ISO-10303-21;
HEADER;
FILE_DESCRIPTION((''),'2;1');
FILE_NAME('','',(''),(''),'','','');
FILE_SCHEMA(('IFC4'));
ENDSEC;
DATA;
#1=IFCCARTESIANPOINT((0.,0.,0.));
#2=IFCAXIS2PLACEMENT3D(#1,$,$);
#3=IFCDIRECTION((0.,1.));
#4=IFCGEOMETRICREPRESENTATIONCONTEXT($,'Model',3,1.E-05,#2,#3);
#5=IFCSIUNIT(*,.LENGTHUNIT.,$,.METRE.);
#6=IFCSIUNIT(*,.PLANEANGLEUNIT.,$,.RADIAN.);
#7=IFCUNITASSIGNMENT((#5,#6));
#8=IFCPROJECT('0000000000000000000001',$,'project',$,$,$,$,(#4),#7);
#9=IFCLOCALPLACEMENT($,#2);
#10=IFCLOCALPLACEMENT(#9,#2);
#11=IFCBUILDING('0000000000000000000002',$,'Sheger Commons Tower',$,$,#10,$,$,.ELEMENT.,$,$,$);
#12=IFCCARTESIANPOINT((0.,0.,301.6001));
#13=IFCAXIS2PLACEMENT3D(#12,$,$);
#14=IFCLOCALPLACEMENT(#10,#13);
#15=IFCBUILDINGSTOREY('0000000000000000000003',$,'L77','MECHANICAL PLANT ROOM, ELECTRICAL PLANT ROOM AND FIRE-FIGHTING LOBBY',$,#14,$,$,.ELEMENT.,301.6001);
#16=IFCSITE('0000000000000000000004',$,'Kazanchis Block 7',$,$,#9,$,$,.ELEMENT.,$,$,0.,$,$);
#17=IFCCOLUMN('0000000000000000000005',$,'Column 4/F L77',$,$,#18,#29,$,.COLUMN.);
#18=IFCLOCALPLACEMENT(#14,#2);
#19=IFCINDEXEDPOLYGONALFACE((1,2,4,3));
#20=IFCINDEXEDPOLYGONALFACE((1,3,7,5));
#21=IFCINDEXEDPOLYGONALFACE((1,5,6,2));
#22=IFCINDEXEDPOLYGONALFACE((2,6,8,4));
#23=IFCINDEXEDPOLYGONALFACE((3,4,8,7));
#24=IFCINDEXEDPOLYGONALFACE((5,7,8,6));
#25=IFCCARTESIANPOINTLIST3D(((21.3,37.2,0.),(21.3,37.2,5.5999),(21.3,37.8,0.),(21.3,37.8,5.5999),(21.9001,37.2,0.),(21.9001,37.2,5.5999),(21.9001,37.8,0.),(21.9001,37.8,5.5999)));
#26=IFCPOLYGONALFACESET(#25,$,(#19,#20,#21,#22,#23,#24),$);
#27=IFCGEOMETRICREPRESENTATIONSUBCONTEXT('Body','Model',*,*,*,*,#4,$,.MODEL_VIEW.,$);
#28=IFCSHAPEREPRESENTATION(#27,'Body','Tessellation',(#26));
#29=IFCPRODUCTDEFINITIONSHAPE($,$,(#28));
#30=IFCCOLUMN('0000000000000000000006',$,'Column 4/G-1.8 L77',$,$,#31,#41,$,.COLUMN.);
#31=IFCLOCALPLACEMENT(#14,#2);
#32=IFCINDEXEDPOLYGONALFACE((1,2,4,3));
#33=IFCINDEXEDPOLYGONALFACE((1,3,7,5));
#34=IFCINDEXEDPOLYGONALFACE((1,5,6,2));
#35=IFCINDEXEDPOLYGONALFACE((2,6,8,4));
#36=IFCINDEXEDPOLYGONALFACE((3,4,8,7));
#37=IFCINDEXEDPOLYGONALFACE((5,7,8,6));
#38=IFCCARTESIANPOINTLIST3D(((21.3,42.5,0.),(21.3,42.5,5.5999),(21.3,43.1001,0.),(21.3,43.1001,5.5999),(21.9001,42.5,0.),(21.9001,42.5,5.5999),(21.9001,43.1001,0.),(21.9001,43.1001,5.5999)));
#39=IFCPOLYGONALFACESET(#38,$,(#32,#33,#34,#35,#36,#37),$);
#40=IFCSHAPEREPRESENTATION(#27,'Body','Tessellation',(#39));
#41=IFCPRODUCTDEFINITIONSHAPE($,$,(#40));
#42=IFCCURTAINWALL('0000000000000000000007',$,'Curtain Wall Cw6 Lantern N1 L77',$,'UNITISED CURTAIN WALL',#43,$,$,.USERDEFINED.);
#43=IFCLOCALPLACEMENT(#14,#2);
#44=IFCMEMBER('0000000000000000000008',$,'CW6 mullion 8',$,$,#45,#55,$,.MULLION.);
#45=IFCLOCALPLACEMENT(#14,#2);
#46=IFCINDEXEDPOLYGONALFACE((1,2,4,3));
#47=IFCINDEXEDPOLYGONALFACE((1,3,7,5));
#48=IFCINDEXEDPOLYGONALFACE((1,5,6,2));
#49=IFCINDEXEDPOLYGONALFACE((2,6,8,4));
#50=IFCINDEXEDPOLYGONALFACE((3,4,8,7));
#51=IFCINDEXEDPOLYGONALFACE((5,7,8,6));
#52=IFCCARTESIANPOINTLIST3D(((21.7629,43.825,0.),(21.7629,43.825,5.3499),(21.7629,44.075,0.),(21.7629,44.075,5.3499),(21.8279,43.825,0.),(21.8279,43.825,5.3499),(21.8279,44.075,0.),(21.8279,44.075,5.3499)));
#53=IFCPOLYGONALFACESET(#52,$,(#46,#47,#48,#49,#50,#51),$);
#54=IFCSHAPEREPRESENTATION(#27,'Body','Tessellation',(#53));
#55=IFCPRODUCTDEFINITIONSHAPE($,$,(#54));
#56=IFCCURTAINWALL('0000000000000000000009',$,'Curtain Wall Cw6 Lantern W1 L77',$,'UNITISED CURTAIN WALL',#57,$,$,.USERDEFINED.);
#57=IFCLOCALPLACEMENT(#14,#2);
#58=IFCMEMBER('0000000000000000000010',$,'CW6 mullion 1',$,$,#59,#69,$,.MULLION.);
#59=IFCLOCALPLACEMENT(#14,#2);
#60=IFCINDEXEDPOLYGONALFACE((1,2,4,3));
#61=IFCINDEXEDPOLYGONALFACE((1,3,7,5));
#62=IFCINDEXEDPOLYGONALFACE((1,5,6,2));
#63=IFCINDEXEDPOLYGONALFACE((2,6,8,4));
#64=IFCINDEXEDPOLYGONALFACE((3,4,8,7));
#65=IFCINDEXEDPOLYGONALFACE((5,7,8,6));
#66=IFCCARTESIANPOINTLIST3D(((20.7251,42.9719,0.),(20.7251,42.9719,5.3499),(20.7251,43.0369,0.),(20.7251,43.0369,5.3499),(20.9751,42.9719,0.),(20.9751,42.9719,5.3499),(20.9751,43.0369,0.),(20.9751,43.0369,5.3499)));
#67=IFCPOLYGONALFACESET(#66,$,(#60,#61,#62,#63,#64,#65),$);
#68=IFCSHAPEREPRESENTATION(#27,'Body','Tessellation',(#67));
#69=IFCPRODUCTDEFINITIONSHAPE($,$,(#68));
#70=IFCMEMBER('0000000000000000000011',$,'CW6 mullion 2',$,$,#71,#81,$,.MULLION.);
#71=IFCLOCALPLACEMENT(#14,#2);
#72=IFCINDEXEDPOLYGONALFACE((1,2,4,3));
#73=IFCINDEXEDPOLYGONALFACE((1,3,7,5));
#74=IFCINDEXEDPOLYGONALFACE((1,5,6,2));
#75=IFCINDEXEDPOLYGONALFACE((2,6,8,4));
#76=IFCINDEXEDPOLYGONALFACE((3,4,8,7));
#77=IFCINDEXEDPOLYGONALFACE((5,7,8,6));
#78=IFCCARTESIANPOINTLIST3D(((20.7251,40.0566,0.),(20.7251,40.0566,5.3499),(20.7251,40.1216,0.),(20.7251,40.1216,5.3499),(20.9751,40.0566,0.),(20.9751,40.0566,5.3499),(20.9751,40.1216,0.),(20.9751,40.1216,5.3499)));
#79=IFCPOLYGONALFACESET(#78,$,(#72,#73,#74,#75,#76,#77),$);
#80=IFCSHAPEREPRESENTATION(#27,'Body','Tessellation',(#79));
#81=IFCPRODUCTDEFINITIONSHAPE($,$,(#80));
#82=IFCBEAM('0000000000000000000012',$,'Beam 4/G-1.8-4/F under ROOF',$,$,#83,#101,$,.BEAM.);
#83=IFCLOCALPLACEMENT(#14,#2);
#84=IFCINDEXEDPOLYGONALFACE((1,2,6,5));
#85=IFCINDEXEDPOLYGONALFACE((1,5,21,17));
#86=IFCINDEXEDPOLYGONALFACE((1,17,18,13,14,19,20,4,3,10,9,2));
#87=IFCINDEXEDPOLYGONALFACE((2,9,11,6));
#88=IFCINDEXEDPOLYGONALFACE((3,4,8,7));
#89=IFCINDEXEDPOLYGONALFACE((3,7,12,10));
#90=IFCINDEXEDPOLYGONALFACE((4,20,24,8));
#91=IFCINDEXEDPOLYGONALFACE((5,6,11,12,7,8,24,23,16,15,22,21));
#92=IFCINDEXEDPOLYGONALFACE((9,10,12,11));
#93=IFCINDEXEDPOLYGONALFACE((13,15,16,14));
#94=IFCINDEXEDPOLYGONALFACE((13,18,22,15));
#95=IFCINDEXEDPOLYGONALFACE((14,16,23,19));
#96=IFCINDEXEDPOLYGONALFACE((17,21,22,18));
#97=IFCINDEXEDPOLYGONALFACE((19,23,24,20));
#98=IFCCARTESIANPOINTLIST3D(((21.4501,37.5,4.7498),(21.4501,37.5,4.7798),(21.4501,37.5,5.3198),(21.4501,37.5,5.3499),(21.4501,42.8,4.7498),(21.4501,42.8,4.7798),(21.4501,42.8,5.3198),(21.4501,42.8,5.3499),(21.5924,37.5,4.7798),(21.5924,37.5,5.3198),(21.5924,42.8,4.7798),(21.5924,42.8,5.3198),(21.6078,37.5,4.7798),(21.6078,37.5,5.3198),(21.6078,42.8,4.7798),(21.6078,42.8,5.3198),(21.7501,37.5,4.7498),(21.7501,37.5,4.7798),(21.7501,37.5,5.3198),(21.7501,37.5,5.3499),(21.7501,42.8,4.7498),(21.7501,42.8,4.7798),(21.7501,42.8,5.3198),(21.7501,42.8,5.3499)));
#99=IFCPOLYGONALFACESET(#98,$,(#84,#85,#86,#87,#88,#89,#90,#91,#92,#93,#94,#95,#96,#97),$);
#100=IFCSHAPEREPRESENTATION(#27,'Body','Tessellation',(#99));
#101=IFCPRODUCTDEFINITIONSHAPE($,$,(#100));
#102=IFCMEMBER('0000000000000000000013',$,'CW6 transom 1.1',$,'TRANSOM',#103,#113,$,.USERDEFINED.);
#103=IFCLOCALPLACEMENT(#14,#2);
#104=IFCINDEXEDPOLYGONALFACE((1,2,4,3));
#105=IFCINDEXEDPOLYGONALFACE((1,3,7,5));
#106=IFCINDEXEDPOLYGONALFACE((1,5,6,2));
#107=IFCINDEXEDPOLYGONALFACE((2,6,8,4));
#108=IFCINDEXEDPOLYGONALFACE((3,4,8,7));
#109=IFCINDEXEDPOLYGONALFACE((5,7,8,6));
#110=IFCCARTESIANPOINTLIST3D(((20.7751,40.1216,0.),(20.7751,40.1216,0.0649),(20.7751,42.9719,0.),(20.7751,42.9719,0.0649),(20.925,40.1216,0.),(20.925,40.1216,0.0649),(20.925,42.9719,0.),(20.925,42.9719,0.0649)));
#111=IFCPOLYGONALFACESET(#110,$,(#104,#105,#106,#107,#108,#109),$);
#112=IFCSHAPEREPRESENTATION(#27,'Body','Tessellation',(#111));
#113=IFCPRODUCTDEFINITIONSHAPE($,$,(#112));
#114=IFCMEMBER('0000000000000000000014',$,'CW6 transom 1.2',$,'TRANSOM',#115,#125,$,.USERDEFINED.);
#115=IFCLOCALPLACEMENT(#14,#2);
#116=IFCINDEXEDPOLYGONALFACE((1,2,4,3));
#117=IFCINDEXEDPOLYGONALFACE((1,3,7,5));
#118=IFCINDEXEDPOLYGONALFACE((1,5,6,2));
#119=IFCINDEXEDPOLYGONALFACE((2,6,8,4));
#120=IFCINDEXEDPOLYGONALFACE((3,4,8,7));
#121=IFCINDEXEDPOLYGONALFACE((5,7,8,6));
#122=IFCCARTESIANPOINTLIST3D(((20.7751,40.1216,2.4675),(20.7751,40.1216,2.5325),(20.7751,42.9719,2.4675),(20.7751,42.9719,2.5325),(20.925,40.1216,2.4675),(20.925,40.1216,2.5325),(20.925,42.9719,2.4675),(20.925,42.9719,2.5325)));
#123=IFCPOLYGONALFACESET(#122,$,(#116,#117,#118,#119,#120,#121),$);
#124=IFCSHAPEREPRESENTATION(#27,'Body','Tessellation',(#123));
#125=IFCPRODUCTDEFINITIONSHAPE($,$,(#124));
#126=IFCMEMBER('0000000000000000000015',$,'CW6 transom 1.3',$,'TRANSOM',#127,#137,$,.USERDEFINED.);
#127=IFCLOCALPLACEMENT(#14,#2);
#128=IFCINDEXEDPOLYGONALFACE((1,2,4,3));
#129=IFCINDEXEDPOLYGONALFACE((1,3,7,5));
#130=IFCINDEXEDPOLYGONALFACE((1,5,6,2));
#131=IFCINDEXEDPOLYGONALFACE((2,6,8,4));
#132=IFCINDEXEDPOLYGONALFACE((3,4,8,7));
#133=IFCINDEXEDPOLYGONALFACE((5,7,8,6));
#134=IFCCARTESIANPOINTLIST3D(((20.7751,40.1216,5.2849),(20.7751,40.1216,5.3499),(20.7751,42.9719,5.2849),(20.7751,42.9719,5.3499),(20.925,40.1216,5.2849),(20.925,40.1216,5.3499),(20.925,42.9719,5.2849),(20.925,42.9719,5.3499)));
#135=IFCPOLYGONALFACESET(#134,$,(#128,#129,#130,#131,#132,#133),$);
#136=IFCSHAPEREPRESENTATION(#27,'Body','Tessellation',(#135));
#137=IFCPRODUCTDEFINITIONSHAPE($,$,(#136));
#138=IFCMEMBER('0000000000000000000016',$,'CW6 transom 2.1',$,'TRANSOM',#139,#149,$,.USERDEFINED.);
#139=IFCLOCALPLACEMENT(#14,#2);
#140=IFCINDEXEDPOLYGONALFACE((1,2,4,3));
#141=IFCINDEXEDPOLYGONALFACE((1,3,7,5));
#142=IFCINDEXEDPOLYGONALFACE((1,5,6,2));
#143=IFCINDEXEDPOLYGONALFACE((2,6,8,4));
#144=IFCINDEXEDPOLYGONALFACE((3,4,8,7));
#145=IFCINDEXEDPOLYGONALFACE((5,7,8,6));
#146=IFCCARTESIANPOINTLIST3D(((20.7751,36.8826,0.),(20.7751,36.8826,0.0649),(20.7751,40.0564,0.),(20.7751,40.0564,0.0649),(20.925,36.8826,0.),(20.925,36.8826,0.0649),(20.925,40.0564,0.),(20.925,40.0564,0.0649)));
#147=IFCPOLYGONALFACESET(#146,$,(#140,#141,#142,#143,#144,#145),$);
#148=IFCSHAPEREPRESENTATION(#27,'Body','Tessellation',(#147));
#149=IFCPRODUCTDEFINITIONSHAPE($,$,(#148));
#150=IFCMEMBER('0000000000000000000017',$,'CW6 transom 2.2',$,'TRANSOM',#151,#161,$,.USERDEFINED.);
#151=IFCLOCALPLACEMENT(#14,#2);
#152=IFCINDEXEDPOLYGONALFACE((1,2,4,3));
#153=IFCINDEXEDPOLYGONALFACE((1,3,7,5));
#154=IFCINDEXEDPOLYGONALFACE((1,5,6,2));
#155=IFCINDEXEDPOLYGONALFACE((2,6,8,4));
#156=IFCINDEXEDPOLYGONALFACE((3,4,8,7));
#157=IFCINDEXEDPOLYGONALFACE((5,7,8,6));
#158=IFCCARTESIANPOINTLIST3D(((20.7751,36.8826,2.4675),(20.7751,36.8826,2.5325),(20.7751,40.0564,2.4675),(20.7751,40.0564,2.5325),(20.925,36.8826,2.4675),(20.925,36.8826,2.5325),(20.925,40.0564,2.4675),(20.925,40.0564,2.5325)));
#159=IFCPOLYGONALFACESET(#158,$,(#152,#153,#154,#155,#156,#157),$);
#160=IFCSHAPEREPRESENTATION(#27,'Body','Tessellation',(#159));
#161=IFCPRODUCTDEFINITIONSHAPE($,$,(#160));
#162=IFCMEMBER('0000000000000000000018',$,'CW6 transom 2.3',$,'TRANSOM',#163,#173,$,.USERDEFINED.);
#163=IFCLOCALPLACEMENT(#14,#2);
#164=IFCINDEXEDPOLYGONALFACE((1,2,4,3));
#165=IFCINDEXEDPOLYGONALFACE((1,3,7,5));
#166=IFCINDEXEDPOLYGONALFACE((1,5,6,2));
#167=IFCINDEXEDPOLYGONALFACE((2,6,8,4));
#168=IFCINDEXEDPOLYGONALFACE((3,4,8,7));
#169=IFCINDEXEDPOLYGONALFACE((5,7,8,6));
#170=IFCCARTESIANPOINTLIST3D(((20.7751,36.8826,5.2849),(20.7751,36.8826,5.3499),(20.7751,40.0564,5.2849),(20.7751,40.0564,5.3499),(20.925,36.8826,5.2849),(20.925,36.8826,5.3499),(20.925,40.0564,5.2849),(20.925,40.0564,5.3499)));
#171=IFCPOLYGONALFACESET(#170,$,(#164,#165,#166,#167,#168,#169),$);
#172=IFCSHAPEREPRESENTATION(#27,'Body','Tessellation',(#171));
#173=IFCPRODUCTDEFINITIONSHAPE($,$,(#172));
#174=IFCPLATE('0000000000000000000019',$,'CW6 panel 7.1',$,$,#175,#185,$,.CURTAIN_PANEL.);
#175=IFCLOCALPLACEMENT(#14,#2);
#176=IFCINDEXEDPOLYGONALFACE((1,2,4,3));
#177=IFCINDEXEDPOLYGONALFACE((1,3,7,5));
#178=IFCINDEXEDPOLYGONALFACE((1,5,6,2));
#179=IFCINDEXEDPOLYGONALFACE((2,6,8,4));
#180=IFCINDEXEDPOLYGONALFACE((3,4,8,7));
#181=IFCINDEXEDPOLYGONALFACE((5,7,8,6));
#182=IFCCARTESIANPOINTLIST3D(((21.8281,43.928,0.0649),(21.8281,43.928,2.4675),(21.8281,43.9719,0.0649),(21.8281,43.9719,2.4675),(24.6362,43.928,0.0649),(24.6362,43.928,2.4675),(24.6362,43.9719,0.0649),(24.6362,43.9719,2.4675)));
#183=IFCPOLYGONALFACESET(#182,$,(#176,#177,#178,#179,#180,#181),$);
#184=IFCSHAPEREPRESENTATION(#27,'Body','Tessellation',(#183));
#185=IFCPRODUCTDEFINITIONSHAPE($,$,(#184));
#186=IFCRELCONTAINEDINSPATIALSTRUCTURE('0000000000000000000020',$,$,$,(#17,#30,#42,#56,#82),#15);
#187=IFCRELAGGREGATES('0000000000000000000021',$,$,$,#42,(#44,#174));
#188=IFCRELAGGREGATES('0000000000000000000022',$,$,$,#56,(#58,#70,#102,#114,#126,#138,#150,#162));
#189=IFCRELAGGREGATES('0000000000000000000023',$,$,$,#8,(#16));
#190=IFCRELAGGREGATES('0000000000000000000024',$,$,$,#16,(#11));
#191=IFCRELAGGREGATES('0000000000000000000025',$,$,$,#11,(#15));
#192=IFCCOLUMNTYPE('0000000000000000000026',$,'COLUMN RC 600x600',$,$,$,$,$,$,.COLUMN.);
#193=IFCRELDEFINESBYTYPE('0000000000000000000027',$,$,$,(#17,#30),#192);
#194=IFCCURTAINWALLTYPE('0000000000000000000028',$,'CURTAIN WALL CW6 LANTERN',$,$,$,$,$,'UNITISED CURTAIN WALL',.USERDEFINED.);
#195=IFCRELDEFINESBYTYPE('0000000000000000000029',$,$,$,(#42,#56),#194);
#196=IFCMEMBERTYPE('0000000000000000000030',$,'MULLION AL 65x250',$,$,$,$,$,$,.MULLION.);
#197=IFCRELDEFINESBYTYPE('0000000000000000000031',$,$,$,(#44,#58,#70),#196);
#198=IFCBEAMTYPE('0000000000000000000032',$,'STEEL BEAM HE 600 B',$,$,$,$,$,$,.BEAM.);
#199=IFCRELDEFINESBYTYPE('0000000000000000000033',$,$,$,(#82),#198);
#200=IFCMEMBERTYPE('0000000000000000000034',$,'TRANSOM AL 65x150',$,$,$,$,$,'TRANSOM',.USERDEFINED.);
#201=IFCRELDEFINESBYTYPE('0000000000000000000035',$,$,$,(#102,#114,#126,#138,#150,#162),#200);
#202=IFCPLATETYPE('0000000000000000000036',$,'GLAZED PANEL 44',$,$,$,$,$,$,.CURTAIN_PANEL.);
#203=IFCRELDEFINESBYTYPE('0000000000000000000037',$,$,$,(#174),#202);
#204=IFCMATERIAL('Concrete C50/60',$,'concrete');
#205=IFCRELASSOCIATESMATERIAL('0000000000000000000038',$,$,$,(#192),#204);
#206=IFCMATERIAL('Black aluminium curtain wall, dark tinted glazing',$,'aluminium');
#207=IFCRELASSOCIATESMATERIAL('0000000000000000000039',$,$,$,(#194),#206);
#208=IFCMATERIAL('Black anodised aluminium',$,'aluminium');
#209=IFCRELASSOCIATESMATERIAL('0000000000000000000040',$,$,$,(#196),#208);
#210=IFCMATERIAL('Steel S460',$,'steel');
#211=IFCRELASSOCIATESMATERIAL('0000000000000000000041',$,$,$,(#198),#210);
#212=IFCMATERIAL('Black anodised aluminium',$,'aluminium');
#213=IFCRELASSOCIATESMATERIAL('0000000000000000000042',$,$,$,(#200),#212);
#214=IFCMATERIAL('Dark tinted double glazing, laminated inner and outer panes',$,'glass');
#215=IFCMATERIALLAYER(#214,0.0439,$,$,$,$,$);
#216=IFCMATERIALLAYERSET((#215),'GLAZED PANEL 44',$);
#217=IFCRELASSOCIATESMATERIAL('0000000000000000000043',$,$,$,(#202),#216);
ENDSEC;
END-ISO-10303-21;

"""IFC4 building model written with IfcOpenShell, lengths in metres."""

from ifc_helpers import new_model, si_unit, direction, frame, origin, origin_2d, place, context, subcontext, project, spatial, rectangle, i_section, extrude, material, layer, layer_set, material_profile, profile_set, type_object, element, aggregate, save


model = new_model("IFC4")

# Units and contexts
model_context = context("Model", 3, precision=1e-05, world=origin(), true_north=direction((0.0, 1.0)))
body_context = subcontext(model_context, "Body", "Model", "MODEL_VIEW")
ifc_project = project(units=[si_unit("LENGTHUNIT", "METRE"), si_unit("PLANEANGLEUNIT", "RADIAN")], contexts=[model_context])

# Site, building, storey
site_placement = place(None, origin())
site = spatial("IfcSite", under=ifc_project, at=site_placement, Name="Kazanchis Block 7", CompositionType="ELEMENT", RefElevation=0.0)
building_placement = place(site_placement, origin())
building = spatial("IfcBuilding", under=site, at=building_placement, Name="Sheger Commons Tower", CompositionType="ELEMENT")
storey_placement = place(building_placement, frame((0.0, 0.0, 301.6001)))
storey = spatial("IfcBuildingStorey", under=building, at=storey_placement, Name="L77", Description="MECHANICAL PLANT ROOM, ELECTRICAL PLANT ROOM AND FIRE-FIGHTING LOBBY", CompositionType="ELEMENT", Elevation=301.6001)

# Columns
ifc_material_1 = material(Name="Concrete C50/60", Category="concrete")
ifc_material_profile_1 = material_profile(ifc_material_1, rectangle(XDim=0.6001, YDim=0.6001, at=origin_2d()), Name="RC 600x600")
ifc_profile_set_1 = profile_set([ifc_material_profile_1], Name="Concrete C50/60")
column_type = type_object("IfcColumnType", Name="COLUMN RC 600x600", PredefinedType="COLUMN", material=ifc_profile_set_1)
for number, where, z_axis, x_axis, name in (
    (1, (21.6001, 37.5, 0.0), (0.0, 0.0, 1.0), (1.0, 0.0, 0.0), "Column 4/F L77"),
    (2, (21.6001, 42.8, 0.0), (0.0, 0.0, 1.0), (1.0, 0.0, 0.0), "Column 4/G-1.8 L77"),
):
    element("IfcColumn", number, at=place(storey_placement, frame(where, z_axis=z_axis, x_axis=x_axis)), inside=storey, type_object=column_type, Name=name, PredefinedType="COLUMN", context=body_context, shape_type="SweptSolid", body=[
        extrude(rectangle(XDim=0.6001, YDim=0.6001, at=origin_2d()), origin(), (0.0, 0.0, 1.0), 5.5999),
    ])

# Curtain wall, member
ifc_material_2 = material(Name="Black aluminium curtain wall, dark tinted glazing", Category="aluminium")
curtain_wall_type = type_object("IfcCurtainWallType", Name="CURTAIN WALL CW6 LANTERN", ElementType="UNITISED CURTAIN WALL", PredefinedType="USERDEFINED", material=ifc_material_2)
curtain_wall_1_placement = place(storey_placement, origin())
curtain_wall_1 = element("IfcCurtainWall", 3, at=curtain_wall_1_placement, inside=storey, type_object=curtain_wall_type, Name="Curtain Wall Cw6 Lantern N1 L77", ObjectType="UNITISED CURTAIN WALL", PredefinedType="USERDEFINED")
ifc_material_3 = material(Name="Black anodised aluminium", Category="aluminium")
ifc_material_profile_2 = material_profile(ifc_material_3, rectangle(XDim=0.25, YDim=0.0649, at=origin_2d()), Name="AL 65x250")
ifc_profile_set_2 = profile_set([ifc_material_profile_2], Name="Black anodised aluminium")
member_type_1 = type_object("IfcMemberType", Name="MULLION AL 65x250", PredefinedType="MULLION", material=ifc_profile_set_2)
member_1_placement = place(storey_placement, frame((21.7954, 43.95, 0.0), z_axis=(0.0, 0.0, 1.0), x_axis=(0.0, -1.0, 0.0)))
member_1 = element("IfcMember", 4, at=member_1_placement, type_object=member_type_1, Name="CW6 mullion 8", PredefinedType="MULLION", context=body_context, shape_type="SweptSolid", body=[
    extrude(rectangle(XDim=0.25, YDim=0.0649, at=origin_2d()), origin(), (0.0, 0.0, 1.0), 5.3499),
])

# Curtain wall, members
curtain_wall_2_placement = place(storey_placement, origin())
curtain_wall_2 = element("IfcCurtainWall", 5, at=curtain_wall_2_placement, inside=storey, type_object=curtain_wall_type, Name="Curtain Wall Cw6 Lantern W1 L77", ObjectType="UNITISED CURTAIN WALL", PredefinedType="USERDEFINED")
member_2_placement = place(storey_placement, frame((20.8501, 43.0044, 0.0), z_axis=(0.0, 0.0, 1.0), x_axis=(1.0, 0.0, 0.0)))
member_2 = element("IfcMember", 6, at=member_2_placement, type_object=member_type_1, Name="CW6 mullion 1", PredefinedType="MULLION", context=body_context, shape_type="SweptSolid", body=[
    extrude(rectangle(XDim=0.25, YDim=0.0649, at=origin_2d()), origin(), (0.0, 0.0, 1.0), 5.3499),
])
member_3_placement = place(storey_placement, frame((20.8501, 40.0891, 0.0), z_axis=(0.0, 0.0, 1.0), x_axis=(1.0, 0.0, 0.0)))
member_3 = element("IfcMember", 7, at=member_3_placement, type_object=member_type_1, Name="CW6 mullion 2", PredefinedType="MULLION", context=body_context, shape_type="SweptSolid", body=[
    extrude(rectangle(XDim=0.25, YDim=0.0649, at=origin_2d()), origin(), (0.0, 0.0, 1.0), 5.3499),
])

# Beam
ifc_material_4 = material(Name="Steel S460", Category="steel")
ifc_material_profile_3 = material_profile(ifc_material_4, i_section(OverallWidth=0.3, OverallDepth=0.6001, WebThickness=0.0154, FlangeThickness=0.03, at=origin_2d()), Name="HE 600 B")
ifc_profile_set_3 = profile_set([ifc_material_profile_3], Name="Steel S460")
beam_type = type_object("IfcBeamType", Name="STEEL BEAM HE 600 B", PredefinedType="BEAM", material=ifc_profile_set_3)
beam_placement = place(storey_placement, frame((21.6001, 42.8, 5.0498), z_axis=(0.0, -1.0, 0.0), x_axis=(1.0, 0.0, 0.0)))
element("IfcBeam", 8, at=beam_placement, inside=storey, type_object=beam_type, Name="Beam 4/G-1.8-4/F under ROOF", PredefinedType="BEAM", context=body_context, shape_type="SweptSolid", body=[
    extrude(i_section(OverallWidth=0.3, OverallDepth=0.6001, WebThickness=0.0154, FlangeThickness=0.03, at=origin_2d()), origin(), (0.0, 0.0, 1.0), 5.3),
])

# Members
ifc_material_5 = material(Name="Black anodised aluminium", Category="aluminium")
ifc_material_profile_4 = material_profile(ifc_material_5, rectangle(XDim=0.1499, YDim=0.0649, at=origin_2d()), Name="AL 65x150")
ifc_profile_set_4 = profile_set([ifc_material_profile_4], Name="Black anodised aluminium")
member_type_2 = type_object("IfcMemberType", Name="TRANSOM AL 65x150", ElementType="TRANSOM", PredefinedType="USERDEFINED", material=ifc_profile_set_4)
member_4_placement = place(storey_placement, frame((20.8501, 42.9719, 0.0325), z_axis=(0.0, -1.0, 0.0), x_axis=(1.0, 0.0, 0.0)))
member_4 = element("IfcMember", 9, at=member_4_placement, type_object=member_type_2, Name="CW6 transom 1.1", ObjectType="TRANSOM", PredefinedType="USERDEFINED", context=body_context, shape_type="SweptSolid", body=[
    extrude(rectangle(XDim=0.1499, YDim=0.0649, at=origin_2d()), origin(), (0.0, 0.0, 1.0), 2.8503),
])
member_5_placement = place(storey_placement, frame((20.8501, 42.9719, 2.5), z_axis=(0.0, -1.0, 0.0), x_axis=(1.0, 0.0, 0.0)))
member_5 = element("IfcMember", 10, at=member_5_placement, type_object=member_type_2, Name="CW6 transom 1.2", ObjectType="TRANSOM", PredefinedType="USERDEFINED", context=body_context, shape_type="SweptSolid", body=[
    extrude(rectangle(XDim=0.1499, YDim=0.0649, at=origin_2d()), origin(), (0.0, 0.0, 1.0), 2.8503),
])
member_6_placement = place(storey_placement, frame((20.8501, 42.9719, 5.3174), z_axis=(0.0, -1.0, 0.0), x_axis=(1.0, 0.0, 0.0)))
member_6 = element("IfcMember", 11, at=member_6_placement, type_object=member_type_2, Name="CW6 transom 1.3", ObjectType="TRANSOM", PredefinedType="USERDEFINED", context=body_context, shape_type="SweptSolid", body=[
    extrude(rectangle(XDim=0.1499, YDim=0.0649, at=origin_2d()), origin(), (0.0, 0.0, 1.0), 2.8503),
])
member_7_placement = place(storey_placement, frame((20.8501, 40.0564, 0.0325), z_axis=(0.0, -1.0, 0.0), x_axis=(1.0, 0.0, 0.0)))
member_7 = element("IfcMember", 12, at=member_7_placement, type_object=member_type_2, Name="CW6 transom 2.1", ObjectType="TRANSOM", PredefinedType="USERDEFINED", context=body_context, shape_type="SweptSolid", body=[
    extrude(rectangle(XDim=0.1499, YDim=0.0649, at=origin_2d()), origin(), (0.0, 0.0, 1.0), 3.1738),
])
member_8_placement = place(storey_placement, frame((20.8501, 40.0564, 2.5), z_axis=(0.0, -1.0, 0.0), x_axis=(1.0, 0.0, 0.0)))
member_8 = element("IfcMember", 13, at=member_8_placement, type_object=member_type_2, Name="CW6 transom 2.2", ObjectType="TRANSOM", PredefinedType="USERDEFINED", context=body_context, shape_type="SweptSolid", body=[
    extrude(rectangle(XDim=0.1499, YDim=0.0649, at=origin_2d()), origin(), (0.0, 0.0, 1.0), 3.1738),
])
member_9_placement = place(storey_placement, frame((20.8501, 40.0564, 5.3174), z_axis=(0.0, -1.0, 0.0), x_axis=(1.0, 0.0, 0.0)))
member_9 = element("IfcMember", 14, at=member_9_placement, type_object=member_type_2, Name="CW6 transom 2.3", ObjectType="TRANSOM", PredefinedType="USERDEFINED", context=body_context, shape_type="SweptSolid", body=[
    extrude(rectangle(XDim=0.1499, YDim=0.0649, at=origin_2d()), origin(), (0.0, 0.0, 1.0), 3.1738),
])

# Plate
ifc_material_6 = material(Name="Dark tinted double glazing, laminated inner and outer panes", Category="glass")
ifc_layer_1 = layer(ifc_material_6, 0.0439)
ifc_layer_set_1 = layer_set([ifc_layer_1], Name="GLAZED PANEL 44")
plate_type = type_object("IfcPlateType", Name="GLAZED PANEL 44", PredefinedType="CURTAIN_PANEL", material=ifc_layer_set_1)
plate_1_placement = place(storey_placement, frame((23.2322, 43.95, 0.0649), z_axis=(0.0, 0.0, 1.0), x_axis=(-1.0, 0.0, 0.0)))
plate_1 = element("IfcPlate", 15, at=plate_1_placement, type_object=plate_type, Name="CW6 panel 7.1", PredefinedType="CURTAIN_PANEL", context=body_context, shape_type="SweptSolid", body=[
    extrude(rectangle(XDim=2.8081, YDim=0.0439, at=origin_2d()), origin(), (0.0, 0.0, 1.0), 2.4026),
])
aggregate(curtain_wall_1, [member_1, plate_1])
aggregate(curtain_wall_2, [member_2, member_3, member_4, member_5, member_6, member_7, member_8, member_9])

save(model, "model.ifc")
